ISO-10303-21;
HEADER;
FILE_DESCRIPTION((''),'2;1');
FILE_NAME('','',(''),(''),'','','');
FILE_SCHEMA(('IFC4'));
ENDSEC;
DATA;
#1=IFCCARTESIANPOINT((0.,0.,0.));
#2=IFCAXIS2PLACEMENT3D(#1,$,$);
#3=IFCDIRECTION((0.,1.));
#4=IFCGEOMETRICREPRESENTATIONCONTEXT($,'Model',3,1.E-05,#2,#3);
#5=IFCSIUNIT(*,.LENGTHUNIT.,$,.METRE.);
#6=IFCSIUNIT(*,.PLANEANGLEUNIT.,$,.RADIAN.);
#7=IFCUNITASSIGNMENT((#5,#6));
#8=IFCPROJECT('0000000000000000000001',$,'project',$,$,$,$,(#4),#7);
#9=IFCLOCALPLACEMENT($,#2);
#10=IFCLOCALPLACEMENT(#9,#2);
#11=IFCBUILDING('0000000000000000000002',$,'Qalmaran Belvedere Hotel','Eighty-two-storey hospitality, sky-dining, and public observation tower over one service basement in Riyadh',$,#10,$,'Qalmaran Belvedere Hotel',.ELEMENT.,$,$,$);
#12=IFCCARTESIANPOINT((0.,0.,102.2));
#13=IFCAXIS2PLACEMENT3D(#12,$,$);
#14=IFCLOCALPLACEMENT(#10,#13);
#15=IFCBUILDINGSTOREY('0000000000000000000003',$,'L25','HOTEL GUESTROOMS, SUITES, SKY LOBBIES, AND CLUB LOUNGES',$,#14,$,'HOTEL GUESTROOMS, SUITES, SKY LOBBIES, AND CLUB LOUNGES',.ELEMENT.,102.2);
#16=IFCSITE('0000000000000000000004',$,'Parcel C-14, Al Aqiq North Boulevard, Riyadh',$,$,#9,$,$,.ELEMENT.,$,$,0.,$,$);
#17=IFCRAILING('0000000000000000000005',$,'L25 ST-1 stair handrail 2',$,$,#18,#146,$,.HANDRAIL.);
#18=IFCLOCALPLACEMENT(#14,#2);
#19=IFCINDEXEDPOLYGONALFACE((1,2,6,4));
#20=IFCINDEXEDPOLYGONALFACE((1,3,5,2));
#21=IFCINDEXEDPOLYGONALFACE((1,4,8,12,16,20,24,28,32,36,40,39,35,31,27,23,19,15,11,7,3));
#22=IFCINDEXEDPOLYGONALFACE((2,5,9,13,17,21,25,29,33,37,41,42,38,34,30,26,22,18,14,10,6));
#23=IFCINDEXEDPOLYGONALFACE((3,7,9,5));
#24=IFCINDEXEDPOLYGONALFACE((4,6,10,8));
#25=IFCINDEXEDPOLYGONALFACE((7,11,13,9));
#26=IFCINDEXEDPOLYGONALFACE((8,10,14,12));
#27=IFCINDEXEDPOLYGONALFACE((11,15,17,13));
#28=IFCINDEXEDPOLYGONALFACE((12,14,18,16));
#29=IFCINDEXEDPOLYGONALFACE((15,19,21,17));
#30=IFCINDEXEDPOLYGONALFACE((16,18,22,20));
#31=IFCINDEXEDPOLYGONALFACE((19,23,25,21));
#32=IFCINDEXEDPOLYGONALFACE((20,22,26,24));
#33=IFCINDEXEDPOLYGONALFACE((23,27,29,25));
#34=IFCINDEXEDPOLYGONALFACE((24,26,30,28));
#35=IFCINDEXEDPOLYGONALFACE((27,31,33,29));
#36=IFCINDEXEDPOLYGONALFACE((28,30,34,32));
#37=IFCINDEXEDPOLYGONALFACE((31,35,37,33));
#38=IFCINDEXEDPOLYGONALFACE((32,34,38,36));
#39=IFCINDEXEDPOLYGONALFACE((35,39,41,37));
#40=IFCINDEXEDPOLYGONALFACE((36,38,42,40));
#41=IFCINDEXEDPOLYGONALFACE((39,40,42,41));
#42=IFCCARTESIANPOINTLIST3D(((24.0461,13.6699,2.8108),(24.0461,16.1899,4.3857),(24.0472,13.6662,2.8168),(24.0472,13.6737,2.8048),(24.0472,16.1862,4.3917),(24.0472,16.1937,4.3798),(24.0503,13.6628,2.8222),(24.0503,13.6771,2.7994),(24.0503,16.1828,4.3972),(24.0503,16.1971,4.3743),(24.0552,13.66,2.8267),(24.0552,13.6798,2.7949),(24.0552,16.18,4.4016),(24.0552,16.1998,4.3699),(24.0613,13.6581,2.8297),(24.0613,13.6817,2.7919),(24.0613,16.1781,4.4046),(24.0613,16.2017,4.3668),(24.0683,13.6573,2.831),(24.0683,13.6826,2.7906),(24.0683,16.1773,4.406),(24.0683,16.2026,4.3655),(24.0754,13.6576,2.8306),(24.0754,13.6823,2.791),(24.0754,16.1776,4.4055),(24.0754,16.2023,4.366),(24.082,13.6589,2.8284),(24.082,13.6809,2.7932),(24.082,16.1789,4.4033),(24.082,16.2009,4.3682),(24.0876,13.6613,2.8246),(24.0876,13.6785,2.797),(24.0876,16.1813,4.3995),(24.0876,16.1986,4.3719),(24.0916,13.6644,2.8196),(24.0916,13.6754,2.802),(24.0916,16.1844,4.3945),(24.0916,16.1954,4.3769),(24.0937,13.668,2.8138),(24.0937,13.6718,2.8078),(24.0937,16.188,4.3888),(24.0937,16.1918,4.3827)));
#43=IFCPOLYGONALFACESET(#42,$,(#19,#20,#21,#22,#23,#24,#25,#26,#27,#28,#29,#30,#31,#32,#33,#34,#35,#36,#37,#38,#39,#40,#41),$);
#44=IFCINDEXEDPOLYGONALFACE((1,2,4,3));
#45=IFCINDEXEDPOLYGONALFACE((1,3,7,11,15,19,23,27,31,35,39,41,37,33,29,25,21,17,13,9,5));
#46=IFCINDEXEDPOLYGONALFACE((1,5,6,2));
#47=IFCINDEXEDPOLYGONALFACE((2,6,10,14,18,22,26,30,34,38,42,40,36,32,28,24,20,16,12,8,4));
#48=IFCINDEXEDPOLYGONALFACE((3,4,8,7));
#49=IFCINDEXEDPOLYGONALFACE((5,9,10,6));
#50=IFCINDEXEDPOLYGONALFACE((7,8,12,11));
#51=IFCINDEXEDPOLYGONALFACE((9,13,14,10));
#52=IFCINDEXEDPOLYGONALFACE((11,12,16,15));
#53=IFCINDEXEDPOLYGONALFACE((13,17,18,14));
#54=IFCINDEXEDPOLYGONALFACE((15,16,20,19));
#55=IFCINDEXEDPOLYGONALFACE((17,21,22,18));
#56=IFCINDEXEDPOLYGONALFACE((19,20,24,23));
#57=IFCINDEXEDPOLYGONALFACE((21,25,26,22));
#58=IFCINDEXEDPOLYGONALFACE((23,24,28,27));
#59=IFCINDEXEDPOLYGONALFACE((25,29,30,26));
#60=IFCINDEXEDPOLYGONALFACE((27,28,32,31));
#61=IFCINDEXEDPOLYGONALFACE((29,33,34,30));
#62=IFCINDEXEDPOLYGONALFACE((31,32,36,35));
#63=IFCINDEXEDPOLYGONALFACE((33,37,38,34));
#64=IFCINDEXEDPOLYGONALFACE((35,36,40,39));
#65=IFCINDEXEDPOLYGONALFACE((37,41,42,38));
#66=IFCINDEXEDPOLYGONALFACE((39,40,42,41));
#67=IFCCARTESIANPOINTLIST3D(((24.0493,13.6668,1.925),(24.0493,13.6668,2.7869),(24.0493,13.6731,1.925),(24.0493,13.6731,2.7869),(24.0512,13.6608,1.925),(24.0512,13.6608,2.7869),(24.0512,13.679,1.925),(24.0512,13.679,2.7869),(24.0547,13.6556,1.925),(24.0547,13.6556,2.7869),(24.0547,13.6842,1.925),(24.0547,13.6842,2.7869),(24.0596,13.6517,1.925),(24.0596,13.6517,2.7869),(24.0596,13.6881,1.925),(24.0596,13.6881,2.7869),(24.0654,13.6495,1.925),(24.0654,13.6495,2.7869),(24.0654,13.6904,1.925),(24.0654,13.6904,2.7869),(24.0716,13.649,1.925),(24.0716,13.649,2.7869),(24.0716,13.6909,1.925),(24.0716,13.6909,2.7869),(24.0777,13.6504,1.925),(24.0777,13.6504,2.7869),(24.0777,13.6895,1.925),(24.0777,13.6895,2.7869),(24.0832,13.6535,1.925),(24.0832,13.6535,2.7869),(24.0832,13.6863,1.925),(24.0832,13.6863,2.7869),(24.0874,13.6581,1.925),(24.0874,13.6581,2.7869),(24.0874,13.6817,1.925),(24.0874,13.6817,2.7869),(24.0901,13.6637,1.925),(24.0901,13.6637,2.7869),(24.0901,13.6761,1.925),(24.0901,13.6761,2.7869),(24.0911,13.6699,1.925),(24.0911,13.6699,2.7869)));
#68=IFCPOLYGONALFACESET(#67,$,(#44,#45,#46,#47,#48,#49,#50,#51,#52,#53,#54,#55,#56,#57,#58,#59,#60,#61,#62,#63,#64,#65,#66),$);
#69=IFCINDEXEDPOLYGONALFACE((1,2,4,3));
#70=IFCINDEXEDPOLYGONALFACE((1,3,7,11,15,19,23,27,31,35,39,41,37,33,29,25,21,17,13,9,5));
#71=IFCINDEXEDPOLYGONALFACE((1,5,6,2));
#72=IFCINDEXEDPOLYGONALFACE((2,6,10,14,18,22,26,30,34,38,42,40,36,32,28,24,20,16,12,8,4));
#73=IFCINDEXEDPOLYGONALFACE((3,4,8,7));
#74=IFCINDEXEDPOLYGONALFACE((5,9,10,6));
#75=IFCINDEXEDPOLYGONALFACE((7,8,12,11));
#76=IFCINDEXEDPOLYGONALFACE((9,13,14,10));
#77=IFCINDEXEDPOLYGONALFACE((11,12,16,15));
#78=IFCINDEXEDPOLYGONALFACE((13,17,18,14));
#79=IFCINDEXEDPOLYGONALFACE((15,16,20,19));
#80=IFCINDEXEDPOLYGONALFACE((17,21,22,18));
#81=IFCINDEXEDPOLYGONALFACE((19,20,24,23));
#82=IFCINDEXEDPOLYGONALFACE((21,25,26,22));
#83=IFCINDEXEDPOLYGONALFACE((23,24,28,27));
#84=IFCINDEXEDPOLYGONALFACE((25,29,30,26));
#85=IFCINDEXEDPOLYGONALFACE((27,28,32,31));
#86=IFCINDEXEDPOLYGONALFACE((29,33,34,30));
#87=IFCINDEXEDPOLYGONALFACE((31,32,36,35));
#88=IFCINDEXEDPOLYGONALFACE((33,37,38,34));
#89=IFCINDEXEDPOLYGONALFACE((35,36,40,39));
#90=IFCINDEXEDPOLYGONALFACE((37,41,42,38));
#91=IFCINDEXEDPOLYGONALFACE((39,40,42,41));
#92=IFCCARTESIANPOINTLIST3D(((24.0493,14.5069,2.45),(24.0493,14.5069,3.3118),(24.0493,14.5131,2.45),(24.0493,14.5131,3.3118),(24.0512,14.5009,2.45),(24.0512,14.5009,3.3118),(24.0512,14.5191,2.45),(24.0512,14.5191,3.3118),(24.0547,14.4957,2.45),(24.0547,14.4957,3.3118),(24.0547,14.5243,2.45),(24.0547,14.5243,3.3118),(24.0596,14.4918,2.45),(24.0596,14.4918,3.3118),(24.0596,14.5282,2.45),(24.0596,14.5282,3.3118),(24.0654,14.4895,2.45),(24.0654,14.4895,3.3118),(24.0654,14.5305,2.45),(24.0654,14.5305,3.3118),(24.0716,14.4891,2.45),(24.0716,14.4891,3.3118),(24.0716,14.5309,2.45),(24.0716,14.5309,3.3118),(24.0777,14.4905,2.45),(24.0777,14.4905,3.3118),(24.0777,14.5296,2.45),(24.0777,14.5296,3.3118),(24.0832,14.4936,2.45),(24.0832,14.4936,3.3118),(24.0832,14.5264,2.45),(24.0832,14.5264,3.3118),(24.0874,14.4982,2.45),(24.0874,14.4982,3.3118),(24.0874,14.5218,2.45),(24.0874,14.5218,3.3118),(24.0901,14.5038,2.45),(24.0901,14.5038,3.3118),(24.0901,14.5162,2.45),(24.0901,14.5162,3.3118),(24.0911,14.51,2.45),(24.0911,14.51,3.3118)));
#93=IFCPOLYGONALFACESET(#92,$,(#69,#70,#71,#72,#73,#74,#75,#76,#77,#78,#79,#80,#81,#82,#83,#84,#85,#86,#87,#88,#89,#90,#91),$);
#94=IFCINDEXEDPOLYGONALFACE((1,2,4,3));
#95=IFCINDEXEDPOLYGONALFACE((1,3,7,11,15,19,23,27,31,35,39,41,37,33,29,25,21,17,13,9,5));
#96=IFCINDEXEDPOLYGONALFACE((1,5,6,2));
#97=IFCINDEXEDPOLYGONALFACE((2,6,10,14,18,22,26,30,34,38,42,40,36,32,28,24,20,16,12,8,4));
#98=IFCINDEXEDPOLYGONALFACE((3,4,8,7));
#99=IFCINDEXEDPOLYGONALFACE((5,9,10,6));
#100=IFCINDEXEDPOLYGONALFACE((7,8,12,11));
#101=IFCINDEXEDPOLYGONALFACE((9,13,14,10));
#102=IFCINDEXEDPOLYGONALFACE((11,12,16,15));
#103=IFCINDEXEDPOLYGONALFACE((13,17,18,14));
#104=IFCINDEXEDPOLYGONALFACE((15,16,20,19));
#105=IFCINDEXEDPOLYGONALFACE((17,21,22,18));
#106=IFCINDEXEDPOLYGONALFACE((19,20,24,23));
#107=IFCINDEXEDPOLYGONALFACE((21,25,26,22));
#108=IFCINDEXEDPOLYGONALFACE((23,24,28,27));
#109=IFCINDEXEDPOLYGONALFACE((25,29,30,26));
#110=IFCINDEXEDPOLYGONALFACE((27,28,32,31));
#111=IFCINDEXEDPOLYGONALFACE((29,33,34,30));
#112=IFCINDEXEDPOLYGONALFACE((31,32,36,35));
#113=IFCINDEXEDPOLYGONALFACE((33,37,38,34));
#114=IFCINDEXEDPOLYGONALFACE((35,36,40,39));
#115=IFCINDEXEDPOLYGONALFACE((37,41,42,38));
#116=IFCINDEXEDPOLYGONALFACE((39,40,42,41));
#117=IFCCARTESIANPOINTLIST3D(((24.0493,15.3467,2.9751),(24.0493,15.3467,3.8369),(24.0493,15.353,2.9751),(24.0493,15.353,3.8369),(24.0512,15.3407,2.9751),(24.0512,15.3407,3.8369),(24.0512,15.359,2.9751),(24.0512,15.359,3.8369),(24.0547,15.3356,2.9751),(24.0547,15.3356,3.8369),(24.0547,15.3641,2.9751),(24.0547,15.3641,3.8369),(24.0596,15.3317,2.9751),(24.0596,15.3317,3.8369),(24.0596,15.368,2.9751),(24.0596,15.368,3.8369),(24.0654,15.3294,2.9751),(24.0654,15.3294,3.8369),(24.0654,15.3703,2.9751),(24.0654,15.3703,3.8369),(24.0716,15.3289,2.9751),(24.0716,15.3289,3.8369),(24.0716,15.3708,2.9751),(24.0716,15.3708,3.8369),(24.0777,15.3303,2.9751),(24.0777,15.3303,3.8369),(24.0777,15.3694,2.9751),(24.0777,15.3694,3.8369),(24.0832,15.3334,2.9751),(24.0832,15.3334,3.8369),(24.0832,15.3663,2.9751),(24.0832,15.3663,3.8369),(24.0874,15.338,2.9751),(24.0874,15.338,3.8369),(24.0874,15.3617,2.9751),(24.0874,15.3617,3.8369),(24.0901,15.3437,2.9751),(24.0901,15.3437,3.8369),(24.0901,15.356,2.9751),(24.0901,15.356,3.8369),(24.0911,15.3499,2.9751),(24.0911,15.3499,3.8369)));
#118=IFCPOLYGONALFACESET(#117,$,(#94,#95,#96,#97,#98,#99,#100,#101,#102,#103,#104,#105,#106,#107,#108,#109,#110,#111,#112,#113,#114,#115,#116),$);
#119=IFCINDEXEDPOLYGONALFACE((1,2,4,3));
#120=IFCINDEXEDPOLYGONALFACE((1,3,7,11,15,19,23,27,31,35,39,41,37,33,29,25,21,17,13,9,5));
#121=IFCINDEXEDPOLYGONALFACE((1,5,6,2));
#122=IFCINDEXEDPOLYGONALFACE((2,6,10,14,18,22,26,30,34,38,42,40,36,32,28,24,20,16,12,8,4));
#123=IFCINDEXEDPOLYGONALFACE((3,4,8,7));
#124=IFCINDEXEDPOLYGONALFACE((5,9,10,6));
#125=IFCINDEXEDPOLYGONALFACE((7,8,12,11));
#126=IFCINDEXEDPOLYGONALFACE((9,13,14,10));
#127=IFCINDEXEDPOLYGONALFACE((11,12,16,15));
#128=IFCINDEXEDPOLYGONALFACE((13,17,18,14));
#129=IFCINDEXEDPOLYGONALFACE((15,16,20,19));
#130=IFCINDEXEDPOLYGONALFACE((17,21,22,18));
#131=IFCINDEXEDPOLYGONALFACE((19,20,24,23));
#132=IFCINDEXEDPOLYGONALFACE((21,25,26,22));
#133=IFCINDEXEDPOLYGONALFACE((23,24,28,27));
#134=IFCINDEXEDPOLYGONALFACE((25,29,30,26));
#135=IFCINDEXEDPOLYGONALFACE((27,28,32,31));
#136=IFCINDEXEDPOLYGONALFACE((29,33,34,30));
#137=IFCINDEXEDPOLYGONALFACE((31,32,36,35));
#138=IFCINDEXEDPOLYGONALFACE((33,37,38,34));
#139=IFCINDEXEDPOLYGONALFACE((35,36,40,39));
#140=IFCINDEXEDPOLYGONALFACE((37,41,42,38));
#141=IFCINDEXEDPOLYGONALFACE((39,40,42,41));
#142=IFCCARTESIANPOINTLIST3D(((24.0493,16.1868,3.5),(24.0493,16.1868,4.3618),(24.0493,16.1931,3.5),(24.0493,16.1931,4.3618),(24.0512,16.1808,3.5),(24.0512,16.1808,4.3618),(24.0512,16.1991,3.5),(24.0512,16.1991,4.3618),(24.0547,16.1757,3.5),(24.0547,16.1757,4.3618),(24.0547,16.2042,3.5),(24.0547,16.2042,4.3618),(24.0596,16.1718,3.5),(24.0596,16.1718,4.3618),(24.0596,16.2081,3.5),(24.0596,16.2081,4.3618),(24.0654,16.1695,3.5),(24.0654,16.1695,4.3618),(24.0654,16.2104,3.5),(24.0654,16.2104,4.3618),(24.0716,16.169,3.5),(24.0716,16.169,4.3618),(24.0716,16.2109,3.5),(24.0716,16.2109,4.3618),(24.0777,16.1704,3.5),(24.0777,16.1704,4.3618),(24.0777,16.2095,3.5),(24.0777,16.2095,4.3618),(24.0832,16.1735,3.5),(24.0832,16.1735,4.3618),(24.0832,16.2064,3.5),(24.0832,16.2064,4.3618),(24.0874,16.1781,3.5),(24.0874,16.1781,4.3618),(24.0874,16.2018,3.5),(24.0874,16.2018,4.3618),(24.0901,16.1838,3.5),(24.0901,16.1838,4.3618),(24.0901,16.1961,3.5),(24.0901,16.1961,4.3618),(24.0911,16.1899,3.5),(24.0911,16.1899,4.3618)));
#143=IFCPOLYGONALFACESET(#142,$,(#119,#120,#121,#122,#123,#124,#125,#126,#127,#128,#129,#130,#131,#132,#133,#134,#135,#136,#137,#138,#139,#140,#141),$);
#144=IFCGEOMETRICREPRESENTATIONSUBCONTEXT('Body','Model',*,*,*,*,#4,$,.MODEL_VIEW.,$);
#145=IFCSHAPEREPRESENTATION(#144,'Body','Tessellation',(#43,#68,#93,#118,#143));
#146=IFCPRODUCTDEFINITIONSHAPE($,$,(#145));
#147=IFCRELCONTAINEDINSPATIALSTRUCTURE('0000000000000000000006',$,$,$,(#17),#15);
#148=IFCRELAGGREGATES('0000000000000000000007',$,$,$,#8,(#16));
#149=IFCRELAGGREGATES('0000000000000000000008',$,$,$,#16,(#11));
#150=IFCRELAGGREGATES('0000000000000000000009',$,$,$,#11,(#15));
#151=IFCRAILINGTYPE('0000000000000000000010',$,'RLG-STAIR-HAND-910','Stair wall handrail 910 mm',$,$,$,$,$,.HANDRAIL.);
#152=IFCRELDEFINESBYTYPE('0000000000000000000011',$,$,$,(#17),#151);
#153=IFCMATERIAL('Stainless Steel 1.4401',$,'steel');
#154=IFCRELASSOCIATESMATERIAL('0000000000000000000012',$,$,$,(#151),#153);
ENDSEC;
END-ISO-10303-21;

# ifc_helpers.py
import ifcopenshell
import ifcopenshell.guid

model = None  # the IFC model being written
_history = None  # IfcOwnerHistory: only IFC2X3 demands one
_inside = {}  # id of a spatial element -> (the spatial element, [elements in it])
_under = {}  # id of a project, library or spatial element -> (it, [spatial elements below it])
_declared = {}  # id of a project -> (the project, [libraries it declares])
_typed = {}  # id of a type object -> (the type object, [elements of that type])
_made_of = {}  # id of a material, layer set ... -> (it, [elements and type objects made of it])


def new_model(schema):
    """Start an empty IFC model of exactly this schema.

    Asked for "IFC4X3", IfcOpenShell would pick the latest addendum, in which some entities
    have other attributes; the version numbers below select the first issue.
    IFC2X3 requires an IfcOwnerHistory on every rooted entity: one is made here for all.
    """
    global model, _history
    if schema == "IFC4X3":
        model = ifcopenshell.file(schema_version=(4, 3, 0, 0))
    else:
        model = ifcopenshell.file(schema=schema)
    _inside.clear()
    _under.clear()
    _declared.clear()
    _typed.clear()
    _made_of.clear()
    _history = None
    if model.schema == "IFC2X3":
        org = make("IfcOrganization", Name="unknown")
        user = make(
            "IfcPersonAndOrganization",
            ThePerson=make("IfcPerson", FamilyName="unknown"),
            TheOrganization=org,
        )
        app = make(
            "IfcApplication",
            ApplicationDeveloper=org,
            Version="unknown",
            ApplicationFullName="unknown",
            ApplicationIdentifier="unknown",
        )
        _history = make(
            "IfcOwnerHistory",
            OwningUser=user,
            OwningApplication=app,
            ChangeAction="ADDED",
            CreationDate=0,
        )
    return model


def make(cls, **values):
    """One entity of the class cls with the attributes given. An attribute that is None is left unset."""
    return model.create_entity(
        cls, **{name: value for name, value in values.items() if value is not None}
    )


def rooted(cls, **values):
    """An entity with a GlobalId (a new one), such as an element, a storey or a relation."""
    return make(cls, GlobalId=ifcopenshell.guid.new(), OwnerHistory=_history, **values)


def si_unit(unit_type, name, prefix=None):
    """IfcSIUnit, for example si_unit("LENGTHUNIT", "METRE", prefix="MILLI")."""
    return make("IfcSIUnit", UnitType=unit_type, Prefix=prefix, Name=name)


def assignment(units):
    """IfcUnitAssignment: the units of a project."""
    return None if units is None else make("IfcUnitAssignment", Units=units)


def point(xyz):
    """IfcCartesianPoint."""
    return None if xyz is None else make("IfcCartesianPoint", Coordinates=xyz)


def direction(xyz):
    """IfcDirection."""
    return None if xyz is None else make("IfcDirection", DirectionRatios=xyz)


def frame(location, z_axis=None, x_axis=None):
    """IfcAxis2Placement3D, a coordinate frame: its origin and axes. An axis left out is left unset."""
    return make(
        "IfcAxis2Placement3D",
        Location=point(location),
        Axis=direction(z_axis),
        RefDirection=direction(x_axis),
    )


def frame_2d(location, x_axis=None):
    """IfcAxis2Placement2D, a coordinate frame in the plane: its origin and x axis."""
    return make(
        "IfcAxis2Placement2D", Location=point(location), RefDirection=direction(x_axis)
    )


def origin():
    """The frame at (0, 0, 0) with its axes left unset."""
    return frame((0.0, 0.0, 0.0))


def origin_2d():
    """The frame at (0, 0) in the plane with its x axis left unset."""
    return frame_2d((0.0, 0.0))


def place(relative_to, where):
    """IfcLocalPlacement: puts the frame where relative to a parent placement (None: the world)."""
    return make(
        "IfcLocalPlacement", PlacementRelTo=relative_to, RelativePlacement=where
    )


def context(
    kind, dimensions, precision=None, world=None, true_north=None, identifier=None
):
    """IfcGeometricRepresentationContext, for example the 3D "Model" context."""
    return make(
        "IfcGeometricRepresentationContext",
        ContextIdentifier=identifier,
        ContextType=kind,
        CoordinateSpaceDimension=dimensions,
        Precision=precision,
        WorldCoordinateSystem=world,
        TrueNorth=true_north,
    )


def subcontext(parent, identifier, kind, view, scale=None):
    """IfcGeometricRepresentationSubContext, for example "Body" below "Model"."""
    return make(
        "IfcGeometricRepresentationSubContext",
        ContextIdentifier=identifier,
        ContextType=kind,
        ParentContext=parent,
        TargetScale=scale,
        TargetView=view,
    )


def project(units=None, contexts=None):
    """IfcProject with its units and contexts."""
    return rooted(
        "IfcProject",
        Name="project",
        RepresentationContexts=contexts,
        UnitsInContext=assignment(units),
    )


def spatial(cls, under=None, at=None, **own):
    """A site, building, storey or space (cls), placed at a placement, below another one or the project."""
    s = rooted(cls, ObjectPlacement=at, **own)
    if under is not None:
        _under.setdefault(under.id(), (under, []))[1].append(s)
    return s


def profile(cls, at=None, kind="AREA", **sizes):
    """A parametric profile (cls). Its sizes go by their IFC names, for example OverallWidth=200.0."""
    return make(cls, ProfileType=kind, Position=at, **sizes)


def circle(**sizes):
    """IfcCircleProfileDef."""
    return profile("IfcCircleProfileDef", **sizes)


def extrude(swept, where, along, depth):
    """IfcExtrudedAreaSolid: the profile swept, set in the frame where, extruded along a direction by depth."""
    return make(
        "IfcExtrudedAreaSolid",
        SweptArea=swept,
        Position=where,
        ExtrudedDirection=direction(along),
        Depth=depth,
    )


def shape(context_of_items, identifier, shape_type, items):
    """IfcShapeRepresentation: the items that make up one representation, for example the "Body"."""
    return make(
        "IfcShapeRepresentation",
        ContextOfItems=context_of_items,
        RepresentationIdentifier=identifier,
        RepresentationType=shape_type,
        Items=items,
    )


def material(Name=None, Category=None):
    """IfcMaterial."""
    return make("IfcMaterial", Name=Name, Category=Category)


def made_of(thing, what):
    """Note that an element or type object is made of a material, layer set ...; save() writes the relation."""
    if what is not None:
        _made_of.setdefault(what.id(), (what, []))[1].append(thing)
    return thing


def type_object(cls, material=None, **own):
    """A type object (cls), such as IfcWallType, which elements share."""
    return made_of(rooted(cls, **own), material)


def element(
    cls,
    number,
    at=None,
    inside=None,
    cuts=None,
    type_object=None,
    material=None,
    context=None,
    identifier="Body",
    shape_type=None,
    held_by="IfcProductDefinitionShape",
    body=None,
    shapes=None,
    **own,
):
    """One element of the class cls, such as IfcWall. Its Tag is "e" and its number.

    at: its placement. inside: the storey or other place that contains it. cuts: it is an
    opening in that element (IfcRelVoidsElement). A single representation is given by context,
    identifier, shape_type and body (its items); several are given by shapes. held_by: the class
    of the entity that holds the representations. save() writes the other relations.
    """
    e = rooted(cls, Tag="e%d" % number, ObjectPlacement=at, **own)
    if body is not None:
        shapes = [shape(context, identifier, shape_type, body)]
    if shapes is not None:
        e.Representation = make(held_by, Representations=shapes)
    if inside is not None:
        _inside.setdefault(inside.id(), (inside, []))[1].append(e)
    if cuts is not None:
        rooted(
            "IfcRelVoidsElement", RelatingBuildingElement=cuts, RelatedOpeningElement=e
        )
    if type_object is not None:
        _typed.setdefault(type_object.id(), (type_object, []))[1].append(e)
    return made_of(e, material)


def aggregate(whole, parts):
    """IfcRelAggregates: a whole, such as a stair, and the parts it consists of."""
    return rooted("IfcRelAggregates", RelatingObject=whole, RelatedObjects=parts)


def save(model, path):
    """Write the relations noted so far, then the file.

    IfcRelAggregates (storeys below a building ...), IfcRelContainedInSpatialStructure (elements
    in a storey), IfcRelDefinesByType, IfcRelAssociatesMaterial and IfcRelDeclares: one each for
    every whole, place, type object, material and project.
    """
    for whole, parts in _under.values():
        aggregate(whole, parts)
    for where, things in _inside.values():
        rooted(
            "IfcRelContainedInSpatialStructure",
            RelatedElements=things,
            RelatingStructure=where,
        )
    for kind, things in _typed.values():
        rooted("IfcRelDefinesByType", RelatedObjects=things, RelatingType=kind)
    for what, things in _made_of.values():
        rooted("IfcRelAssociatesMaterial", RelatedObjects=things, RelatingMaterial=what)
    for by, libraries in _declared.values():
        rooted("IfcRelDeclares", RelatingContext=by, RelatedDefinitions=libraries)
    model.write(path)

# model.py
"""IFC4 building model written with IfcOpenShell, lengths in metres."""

from ifc_helpers import new_model, si_unit, direction, frame, origin, origin_2d, place, context, subcontext, project, spatial, circle, extrude, material, type_object, element, save


model = new_model("IFC4")

# Units and contexts
model_context = context("Model", 3, precision=1e-05, world=origin(), true_north=direction((0.0, 1.0)))
body_context = subcontext(model_context, "Body", "Model", "MODEL_VIEW")
ifc_project = project(units=[si_unit("LENGTHUNIT", "METRE"), si_unit("PLANEANGLEUNIT", "RADIAN")], contexts=[model_context])

# Site, building, storey
site_placement = place(None, origin())
site = spatial("IfcSite", under=ifc_project, at=site_placement, Name="Parcel C-14, Al Aqiq North Boulevard, Riyadh", CompositionType="ELEMENT", RefElevation=0.0)
building_placement = place(site_placement, origin())
building = spatial("IfcBuilding", under=site, at=building_placement, Name="Qalmaran Belvedere Hotel", Description="Eighty-two-storey hospitality, sky-dining, and public observation tower over one service basement in Riyadh", LongName="Qalmaran Belvedere Hotel", CompositionType="ELEMENT")
storey_placement = place(building_placement, frame((0.0, 0.0, 102.2)))
storey = spatial("IfcBuildingStorey", under=building, at=storey_placement, Name="L25", Description="HOTEL GUESTROOMS, SUITES, SKY LOBBIES, AND CLUB LOUNGES", LongName="HOTEL GUESTROOMS, SUITES, SKY LOBBIES, AND CLUB LOUNGES", CompositionType="ELEMENT", Elevation=102.2)

# Shared definitions
ifc_material_1 = material(Name="Stainless Steel 1.4401", Category="steel")

# Railing
railing_type_1 = type_object("IfcRailingType", Name="RLG-STAIR-HAND-910", Description="Stair wall handrail 910 mm", PredefinedType="HANDRAIL", material=ifc_material_1)
railing_1_placement = place(storey_placement, frame((24.0701, 13.6699, 1.925)))
element("IfcRailing", 1, at=railing_1_placement, inside=storey, type_object=railing_type_1, Name="L25 ST-1 stair handrail 2", PredefinedType="HANDRAIL", context=body_context, shape_type="SweptSolid", body=[
    extrude(circle(Radius=0.0239, at=origin_2d()), frame((0.0, 0.0, 0.8857), z_axis=(0.0, 0.848008, 0.529984), x_axis=(-1.0, 0.0, 0.0)), (0.0, 0.0, 1.0), 2.9717),
    extrude(circle(Radius=0.021, at=origin_2d()), origin(), (0.0, 0.0, 1.0), 0.8618),
    extrude(circle(Radius=0.021, at=origin_2d()), frame((0.0, 0.8401, 0.5249)), (0.0, 0.0, 1.0), 0.8618),
    extrude(circle(Radius=0.021, at=origin_2d()), frame((0.0, 1.6799, 1.05)), (0.0, 0.0, 1.0), 0.8618),
    extrude(circle(Radius=0.021, at=origin_2d()), frame((0.0, 2.52, 1.575)), (0.0, 0.0, 1.0), 0.8618),
])

save(model, "model.ifc")
